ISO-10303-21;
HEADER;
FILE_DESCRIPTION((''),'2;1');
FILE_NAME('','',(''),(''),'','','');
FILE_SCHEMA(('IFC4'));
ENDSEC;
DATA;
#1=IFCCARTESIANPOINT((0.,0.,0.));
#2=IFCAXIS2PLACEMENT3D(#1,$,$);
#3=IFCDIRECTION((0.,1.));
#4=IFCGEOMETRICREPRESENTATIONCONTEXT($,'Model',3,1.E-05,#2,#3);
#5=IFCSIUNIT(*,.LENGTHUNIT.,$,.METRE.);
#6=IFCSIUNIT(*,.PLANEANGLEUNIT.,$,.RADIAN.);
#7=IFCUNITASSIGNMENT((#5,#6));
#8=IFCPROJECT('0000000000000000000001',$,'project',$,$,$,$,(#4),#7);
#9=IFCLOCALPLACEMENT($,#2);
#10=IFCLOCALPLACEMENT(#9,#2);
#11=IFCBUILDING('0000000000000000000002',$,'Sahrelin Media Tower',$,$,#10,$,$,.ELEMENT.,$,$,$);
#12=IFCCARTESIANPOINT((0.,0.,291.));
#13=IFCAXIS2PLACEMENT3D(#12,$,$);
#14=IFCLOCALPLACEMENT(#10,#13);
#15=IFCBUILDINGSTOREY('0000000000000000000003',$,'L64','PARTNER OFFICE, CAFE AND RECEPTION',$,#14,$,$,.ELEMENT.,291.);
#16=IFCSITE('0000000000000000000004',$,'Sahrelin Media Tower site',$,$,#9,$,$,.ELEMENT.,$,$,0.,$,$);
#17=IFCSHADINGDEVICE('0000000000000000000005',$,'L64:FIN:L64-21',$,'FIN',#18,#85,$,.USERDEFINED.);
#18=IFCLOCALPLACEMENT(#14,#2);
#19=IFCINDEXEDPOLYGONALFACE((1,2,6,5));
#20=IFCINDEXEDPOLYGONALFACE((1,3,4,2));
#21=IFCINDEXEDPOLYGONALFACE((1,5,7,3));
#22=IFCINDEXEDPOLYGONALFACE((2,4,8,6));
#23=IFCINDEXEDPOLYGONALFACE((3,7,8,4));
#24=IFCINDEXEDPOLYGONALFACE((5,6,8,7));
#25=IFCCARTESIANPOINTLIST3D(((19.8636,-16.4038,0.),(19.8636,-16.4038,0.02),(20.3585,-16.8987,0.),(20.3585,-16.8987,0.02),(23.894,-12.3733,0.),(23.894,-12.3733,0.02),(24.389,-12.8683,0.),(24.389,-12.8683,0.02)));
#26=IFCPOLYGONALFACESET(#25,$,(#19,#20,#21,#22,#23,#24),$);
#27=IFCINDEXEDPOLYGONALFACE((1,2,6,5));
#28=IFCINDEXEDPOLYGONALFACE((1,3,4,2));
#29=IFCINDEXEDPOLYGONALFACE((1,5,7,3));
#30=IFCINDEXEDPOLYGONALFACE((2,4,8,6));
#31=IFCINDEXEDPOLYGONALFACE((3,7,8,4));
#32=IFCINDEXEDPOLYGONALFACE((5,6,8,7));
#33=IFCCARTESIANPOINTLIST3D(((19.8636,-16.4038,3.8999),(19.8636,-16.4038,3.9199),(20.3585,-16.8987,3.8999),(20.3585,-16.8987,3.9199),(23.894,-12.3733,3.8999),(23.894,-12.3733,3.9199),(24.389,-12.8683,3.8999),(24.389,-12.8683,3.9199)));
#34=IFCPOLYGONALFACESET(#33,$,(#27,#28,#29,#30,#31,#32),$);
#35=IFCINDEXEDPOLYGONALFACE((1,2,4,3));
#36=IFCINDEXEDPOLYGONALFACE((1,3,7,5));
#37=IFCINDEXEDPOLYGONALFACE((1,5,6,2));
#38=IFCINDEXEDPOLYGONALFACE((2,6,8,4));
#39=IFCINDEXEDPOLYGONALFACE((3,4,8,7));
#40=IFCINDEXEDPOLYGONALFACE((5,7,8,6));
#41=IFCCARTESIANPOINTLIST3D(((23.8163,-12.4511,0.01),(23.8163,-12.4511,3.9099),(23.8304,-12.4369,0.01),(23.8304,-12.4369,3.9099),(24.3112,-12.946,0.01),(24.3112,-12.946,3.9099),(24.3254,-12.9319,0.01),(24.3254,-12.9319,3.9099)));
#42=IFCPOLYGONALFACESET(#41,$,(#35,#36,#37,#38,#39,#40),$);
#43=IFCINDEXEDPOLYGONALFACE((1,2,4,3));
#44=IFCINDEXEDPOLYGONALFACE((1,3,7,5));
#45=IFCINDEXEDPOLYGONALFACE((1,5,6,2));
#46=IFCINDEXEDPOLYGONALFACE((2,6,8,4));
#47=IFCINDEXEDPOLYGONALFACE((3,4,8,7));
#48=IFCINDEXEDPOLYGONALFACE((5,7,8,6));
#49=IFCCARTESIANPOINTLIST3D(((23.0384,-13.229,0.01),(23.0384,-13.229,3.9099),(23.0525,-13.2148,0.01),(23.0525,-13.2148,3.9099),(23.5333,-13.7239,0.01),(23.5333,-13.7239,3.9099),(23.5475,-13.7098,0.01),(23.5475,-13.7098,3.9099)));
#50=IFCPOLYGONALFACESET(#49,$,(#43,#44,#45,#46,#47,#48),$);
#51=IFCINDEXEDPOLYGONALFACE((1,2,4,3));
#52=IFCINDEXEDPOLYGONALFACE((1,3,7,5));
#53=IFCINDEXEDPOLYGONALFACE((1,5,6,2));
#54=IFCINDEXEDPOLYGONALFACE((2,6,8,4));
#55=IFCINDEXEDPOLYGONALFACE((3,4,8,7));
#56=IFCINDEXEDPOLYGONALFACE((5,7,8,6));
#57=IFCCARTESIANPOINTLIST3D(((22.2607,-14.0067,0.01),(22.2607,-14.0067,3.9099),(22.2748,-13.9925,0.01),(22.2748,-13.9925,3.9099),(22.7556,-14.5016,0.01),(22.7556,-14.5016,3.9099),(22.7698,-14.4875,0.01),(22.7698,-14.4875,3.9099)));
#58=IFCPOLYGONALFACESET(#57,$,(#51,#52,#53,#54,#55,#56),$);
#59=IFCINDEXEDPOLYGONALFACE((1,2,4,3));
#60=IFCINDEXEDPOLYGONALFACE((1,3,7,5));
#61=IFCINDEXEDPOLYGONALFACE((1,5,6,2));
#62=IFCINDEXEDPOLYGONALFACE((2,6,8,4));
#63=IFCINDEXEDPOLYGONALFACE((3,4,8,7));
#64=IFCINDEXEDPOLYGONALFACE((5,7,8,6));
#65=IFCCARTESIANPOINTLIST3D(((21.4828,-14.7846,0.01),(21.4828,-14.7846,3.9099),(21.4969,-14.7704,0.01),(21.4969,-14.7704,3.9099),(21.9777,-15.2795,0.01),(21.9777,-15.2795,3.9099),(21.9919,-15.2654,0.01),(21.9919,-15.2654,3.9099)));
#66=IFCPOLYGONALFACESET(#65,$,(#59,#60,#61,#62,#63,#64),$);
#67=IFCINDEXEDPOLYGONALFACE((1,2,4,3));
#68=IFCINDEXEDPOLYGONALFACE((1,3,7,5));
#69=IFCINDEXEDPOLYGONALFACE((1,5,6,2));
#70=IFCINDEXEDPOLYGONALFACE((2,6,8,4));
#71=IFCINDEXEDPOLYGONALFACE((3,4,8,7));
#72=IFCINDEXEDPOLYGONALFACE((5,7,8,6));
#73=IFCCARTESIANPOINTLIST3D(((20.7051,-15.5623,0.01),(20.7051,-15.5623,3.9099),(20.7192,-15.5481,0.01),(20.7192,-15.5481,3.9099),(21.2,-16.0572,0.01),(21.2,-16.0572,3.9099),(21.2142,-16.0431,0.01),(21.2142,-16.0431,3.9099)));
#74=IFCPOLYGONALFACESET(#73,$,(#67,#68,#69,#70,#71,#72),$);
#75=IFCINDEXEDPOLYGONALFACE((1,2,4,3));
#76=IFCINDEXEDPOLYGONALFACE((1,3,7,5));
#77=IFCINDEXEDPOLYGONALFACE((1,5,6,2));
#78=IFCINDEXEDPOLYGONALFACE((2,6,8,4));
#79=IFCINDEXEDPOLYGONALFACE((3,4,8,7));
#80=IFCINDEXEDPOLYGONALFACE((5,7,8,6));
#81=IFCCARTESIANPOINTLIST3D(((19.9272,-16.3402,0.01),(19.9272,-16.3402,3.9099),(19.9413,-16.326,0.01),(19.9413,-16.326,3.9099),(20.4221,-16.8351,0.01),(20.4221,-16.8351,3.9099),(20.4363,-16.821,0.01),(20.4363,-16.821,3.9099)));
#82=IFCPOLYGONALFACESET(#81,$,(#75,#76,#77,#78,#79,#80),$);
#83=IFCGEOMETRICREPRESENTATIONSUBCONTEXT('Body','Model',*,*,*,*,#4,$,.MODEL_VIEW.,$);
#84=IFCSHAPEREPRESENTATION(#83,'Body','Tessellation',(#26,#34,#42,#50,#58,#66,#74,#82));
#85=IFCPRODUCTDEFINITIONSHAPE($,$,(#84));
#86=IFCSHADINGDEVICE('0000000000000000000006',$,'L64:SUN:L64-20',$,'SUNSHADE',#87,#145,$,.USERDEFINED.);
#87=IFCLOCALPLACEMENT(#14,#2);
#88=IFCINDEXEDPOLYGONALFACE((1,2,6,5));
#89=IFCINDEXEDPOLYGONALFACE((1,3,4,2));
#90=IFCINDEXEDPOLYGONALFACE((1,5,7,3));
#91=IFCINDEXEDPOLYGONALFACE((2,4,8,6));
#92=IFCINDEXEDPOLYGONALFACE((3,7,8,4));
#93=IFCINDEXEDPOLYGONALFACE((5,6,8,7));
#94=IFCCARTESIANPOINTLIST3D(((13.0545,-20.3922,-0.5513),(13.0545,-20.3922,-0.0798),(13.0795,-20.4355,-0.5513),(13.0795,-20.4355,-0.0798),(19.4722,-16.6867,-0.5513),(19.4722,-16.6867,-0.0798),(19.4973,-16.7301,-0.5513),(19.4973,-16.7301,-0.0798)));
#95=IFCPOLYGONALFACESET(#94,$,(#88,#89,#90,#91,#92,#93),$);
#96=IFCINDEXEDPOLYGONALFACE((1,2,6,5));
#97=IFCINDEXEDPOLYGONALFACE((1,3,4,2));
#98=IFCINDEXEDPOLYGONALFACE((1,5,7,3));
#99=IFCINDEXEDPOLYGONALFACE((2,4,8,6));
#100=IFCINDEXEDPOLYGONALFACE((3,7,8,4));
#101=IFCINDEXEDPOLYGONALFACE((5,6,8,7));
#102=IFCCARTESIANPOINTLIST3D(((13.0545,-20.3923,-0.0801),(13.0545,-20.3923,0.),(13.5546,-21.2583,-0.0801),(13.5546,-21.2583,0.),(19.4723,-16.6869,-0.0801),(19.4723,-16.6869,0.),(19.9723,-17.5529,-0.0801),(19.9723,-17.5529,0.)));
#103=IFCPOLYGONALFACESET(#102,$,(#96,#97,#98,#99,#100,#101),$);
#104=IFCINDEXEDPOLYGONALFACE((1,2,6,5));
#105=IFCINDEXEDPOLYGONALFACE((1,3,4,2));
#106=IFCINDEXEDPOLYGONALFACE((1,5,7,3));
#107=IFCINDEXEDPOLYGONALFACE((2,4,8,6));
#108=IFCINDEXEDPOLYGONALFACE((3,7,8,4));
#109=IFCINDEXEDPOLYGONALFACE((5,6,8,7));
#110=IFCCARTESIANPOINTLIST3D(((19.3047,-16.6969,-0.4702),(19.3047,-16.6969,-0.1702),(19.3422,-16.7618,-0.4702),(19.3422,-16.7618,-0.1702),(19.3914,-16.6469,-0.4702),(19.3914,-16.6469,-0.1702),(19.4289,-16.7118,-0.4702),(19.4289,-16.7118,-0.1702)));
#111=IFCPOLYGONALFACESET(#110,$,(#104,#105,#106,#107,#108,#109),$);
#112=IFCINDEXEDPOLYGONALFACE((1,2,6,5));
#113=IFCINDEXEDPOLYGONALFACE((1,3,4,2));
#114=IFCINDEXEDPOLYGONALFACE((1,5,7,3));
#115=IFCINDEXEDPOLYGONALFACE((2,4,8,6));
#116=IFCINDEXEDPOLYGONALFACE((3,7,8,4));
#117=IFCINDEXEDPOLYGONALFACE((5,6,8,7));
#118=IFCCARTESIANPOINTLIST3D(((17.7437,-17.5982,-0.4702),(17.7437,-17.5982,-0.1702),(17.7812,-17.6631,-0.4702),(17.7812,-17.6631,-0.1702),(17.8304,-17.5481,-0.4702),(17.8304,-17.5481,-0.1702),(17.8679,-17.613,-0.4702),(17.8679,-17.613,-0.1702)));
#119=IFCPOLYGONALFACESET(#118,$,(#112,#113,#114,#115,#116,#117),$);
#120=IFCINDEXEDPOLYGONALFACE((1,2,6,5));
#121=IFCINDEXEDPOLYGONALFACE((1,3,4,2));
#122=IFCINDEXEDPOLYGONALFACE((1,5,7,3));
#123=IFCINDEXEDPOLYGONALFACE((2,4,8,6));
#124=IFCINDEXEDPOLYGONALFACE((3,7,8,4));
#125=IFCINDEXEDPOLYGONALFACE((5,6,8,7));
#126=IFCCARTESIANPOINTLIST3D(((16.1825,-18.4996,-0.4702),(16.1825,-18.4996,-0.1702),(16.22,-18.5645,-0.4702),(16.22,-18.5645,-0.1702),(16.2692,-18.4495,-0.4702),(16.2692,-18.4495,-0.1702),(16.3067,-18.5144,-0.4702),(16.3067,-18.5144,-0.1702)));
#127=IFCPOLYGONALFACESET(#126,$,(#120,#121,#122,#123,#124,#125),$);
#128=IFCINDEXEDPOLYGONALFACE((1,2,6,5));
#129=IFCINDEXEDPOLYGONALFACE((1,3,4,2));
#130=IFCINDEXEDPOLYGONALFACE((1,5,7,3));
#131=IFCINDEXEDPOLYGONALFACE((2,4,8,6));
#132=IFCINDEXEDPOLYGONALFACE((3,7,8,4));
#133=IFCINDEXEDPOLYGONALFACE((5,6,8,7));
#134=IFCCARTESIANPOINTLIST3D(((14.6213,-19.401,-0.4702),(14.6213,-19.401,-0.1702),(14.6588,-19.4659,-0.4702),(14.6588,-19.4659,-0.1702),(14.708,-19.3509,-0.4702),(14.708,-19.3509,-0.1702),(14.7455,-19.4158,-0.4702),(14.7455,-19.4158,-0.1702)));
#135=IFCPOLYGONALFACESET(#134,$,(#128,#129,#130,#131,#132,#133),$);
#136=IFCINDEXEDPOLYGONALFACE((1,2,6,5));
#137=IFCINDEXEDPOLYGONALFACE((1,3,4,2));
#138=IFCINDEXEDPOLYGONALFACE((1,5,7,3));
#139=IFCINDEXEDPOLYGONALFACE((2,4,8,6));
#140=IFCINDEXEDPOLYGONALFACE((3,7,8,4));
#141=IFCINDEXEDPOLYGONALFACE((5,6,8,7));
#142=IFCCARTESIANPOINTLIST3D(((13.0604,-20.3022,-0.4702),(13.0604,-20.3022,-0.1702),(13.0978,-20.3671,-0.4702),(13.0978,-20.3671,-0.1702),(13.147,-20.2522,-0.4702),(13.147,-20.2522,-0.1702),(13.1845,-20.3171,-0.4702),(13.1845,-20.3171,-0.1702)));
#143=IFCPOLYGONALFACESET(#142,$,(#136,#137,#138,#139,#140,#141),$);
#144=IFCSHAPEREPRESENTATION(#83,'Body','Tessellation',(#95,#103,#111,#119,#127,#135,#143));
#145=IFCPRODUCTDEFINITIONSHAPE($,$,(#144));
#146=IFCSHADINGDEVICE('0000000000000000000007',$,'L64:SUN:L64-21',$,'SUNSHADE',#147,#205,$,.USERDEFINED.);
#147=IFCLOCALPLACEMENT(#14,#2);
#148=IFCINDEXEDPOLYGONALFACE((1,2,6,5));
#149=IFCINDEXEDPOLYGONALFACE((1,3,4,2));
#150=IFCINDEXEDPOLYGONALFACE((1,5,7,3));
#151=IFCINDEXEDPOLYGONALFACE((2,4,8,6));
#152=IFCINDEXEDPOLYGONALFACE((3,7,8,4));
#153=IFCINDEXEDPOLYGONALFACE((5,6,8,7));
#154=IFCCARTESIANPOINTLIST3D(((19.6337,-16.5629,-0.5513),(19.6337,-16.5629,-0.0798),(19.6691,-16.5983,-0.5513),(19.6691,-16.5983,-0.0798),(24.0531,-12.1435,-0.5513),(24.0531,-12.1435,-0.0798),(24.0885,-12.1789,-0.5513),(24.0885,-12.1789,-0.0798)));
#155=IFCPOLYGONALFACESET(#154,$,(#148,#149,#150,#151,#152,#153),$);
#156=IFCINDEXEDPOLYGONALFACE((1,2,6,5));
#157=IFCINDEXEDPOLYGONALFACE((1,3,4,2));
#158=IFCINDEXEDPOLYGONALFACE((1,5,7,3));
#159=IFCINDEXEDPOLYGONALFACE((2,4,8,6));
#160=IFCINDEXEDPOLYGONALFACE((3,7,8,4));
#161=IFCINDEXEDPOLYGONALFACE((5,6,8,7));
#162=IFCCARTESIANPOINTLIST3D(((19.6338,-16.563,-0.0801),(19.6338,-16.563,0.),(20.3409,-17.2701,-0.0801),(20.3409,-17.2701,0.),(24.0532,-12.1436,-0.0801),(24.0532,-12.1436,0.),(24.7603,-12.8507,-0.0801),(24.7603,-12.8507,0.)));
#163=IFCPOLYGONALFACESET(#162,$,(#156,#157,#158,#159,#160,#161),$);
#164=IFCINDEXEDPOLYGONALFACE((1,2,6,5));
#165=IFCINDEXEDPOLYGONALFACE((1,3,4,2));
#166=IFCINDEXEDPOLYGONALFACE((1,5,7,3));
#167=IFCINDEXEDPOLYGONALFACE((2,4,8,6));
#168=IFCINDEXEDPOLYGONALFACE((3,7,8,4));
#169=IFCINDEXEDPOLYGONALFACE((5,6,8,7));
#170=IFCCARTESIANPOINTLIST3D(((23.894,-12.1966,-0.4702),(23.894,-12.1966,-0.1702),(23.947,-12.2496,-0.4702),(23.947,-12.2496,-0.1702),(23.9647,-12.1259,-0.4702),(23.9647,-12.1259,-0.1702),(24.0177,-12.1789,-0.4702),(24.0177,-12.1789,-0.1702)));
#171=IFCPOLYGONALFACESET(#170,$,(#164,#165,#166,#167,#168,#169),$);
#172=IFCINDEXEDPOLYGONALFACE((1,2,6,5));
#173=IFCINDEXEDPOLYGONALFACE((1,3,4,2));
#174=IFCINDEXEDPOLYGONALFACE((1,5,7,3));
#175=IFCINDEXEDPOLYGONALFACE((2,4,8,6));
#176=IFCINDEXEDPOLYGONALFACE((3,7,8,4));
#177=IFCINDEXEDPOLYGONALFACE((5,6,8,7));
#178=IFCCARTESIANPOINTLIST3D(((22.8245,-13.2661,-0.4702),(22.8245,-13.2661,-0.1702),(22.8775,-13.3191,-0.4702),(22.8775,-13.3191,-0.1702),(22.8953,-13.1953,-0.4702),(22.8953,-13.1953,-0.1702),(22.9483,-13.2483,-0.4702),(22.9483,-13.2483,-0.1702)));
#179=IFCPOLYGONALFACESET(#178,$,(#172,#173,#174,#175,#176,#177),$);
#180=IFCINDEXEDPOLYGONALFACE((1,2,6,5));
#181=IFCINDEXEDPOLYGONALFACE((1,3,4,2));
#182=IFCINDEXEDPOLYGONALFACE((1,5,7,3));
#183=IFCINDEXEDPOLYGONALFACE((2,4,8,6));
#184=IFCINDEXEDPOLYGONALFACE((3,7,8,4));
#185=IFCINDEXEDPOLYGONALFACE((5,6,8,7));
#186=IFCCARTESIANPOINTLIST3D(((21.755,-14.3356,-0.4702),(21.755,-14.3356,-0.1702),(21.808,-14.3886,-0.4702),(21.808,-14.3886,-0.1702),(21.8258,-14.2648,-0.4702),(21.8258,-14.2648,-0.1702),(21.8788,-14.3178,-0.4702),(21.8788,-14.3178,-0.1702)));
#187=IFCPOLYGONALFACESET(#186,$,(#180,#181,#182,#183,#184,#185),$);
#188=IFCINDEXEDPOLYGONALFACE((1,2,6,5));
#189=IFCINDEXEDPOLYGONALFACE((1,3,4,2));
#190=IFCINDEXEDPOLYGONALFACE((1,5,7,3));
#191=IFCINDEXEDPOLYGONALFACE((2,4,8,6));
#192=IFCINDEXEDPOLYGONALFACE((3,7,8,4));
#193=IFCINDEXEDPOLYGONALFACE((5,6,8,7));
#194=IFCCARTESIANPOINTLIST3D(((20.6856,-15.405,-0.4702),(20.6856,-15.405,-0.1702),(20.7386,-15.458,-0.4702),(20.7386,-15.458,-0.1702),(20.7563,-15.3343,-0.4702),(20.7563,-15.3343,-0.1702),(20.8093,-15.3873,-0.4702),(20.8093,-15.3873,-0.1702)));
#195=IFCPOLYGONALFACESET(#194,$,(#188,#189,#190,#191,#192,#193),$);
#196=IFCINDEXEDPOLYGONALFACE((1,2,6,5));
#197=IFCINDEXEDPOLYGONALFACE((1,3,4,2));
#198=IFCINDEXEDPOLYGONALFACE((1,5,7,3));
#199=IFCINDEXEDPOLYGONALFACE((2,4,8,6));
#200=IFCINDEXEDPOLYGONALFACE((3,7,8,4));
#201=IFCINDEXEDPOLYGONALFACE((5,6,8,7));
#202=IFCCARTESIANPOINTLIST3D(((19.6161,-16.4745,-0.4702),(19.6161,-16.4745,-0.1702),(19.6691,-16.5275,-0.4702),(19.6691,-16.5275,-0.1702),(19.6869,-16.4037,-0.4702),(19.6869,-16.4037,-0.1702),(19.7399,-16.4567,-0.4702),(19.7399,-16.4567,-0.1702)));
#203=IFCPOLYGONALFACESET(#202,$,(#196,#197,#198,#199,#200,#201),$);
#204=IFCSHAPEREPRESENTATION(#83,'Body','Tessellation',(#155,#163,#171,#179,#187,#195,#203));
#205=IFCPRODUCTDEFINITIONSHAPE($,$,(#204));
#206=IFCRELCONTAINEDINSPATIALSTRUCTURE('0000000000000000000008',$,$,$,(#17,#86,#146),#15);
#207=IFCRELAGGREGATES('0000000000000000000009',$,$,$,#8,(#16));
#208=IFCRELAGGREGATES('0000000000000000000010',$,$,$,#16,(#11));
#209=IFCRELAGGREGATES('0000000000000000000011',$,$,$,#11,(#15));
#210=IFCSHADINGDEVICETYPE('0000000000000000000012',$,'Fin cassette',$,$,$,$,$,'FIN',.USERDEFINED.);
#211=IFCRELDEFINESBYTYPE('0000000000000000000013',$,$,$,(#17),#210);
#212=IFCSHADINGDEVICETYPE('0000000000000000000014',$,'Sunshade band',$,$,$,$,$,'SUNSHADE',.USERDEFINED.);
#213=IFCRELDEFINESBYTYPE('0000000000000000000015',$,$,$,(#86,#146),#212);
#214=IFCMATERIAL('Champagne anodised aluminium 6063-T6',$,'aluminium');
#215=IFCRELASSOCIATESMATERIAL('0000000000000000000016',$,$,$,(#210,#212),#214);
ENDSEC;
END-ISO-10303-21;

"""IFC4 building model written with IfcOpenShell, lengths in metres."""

from ifc_helpers import new_model, si_unit, direction, frame, origin, origin_2d, place, context, subcontext, project, spatial, rectangle, extrude, material, type_object, element, save


model = new_model("IFC4")

# Units and contexts
model_context = context("Model", 3, precision=1e-05, world=origin(), true_north=direction((0.0, 1.0)))
body_context = subcontext(model_context, "Body", "Model", "MODEL_VIEW")
ifc_project = project(units=[si_unit("LENGTHUNIT", "METRE"), si_unit("PLANEANGLEUNIT", "RADIAN")], contexts=[model_context])

# Site, building, storey
site_placement = place(None, origin())
site = spatial("IfcSite", under=ifc_project, at=site_placement, Name="Sahrelin Media Tower site", CompositionType="ELEMENT", RefElevation=0.0)
building_placement = place(site_placement, origin())
building = spatial("IfcBuilding", under=site, at=building_placement, Name="Sahrelin Media Tower", CompositionType="ELEMENT")
storey_placement = place(building_placement, frame((0.0, 0.0, 291.0)))
storey = spatial("IfcBuildingStorey", under=building, at=storey_placement, Name="L64", Description="PARTNER OFFICE, CAFE AND RECEPTION", CompositionType="ELEMENT", Elevation=291.0)

# Shared definitions
ifc_material_1 = material(Name="Champagne anodised aluminium 6063-T6", Category="aluminium")

# Shading device
shading_device_type_1 = type_object("IfcShadingDeviceType", Name="Fin cassette", ElementType="FIN", PredefinedType="USERDEFINED", material=ifc_material_1)
placement_1 = place(storey_placement, frame((16.2534, -18.5222, 0.0), z_axis=(0.0, 0.0, 1.0), x_axis=(-0.866019, -0.500011, 0.0)))
placement_2 = place(storey_placement, frame((21.8293, -14.3391, 0.0), z_axis=(0.0, 0.0, 1.0), x_axis=(-0.707107, -0.707107, 0.0)))
element("IfcShadingDevice", 1, at=placement_2, inside=storey, type_object=shading_device_type_1, Name="L64:FIN:L64-21", ObjectType="FIN", PredefinedType="USERDEFINED", context=body_context, shape_type="SweptSolid", body=[
    extrude(rectangle(XDim=5.7, YDim=0.7, at=origin_2d()), frame((0.0, 0.4199, 0.0)), (0.0, 0.0, 1.0), 0.02),
    extrude(rectangle(XDim=5.7, YDim=0.7, at=origin_2d()), frame((0.0, 0.4199, 3.8999)), (0.0, 0.0, 1.0), 0.02),
    extrude(rectangle(XDim=0.02, YDim=0.7, at=origin_2d()), frame((-2.75, 0.4199, 0.01), z_axis=(0.0, 0.0, 1.0), x_axis=(1.0, 0.0, 0.0)), (0.0, 0.0, 1.0), 3.8999),
    extrude(rectangle(XDim=0.02, YDim=0.7, at=origin_2d()), frame((-1.6499, 0.4199, 0.01), z_axis=(0.0, 0.0, 1.0), x_axis=(1.0, 0.0, 0.0)), (0.0, 0.0, 1.0), 3.8999),
    extrude(rectangle(XDim=0.02, YDim=0.7, at=origin_2d()), frame((-0.55, 0.4199, 0.01), z_axis=(0.0, 0.0, 1.0), x_axis=(1.0, 0.0, 0.0)), (0.0, 0.0, 1.0), 3.8999),
    extrude(rectangle(XDim=0.02, YDim=0.7, at=origin_2d()), frame((0.55, 0.4199, 0.01), z_axis=(0.0, 0.0, 1.0), x_axis=(1.0, 0.0, 0.0)), (0.0, 0.0, 1.0), 3.8999),
    extrude(rectangle(XDim=0.02, YDim=0.7, at=origin_2d()), frame((1.6499, 0.4199, 0.01), z_axis=(0.0, 0.0, 1.0), x_axis=(1.0, 0.0, 0.0)), (0.0, 0.0, 1.0), 3.8999),
    extrude(rectangle(XDim=0.02, YDim=0.7, at=origin_2d()), frame((2.75, 0.4199, 0.01), z_axis=(0.0, 0.0, 1.0), x_axis=(1.0, 0.0, 0.0)), (0.0, 0.0, 1.0), 3.8999),
])

# Shading devices
shading_device_type_2 = type_object("IfcShadingDeviceType", Name="Sunshade band", ElementType="SUNSHADE", PredefinedType="USERDEFINED", material=ifc_material_1)
element("IfcShadingDevice", 2, at=placement_1, inside=storey, type_object=shading_device_type_2, Name="L64:SUN:L64-20", ObjectType="SUNSHADE", PredefinedType="USERDEFINED", context=body_context, shape_type="SweptSolid", body=[
    extrude(rectangle(XDim=7.4106, YDim=0.05, at=origin_2d()), frame((0.0, 0.0449, -0.5513)), (0.0, 0.0, 1.0), 0.4714),
    extrude(rectangle(XDim=7.4106, YDim=1.0, at=origin_2d()), frame((0.0, 0.52, -0.0801)), (0.0, 0.0, 1.0), 0.0801),
    extrude(rectangle(XDim=0.1001, YDim=0.075, at=origin_2d()), frame((-3.6052, -0.0176, -0.4702)), (0.0, 0.0, 1.0), 0.3),
    extrude(rectangle(XDim=0.1001, YDim=0.075, at=origin_2d()), frame((-1.8027, -0.0176, -0.4702)), (0.0, 0.0, 1.0), 0.3),
    extrude(rectangle(XDim=0.1001, YDim=0.075, at=origin_2d()), frame((0.0, -0.0176, -0.4702)), (0.0, 0.0, 1.0), 0.3),
    extrude(rectangle(XDim=0.1001, YDim=0.075, at=origin_2d()), frame((1.8027, -0.0176, -0.4702)), (0.0, 0.0, 1.0), 0.3),
    extrude(rectangle(XDim=0.1001, YDim=0.075, at=origin_2d()), frame((3.6052, -0.0176, -0.4702)), (0.0, 0.0, 1.0), 0.3),
])
element("IfcShadingDevice", 3, at=placement_2, inside=storey, type_object=shading_device_type_2, Name="L64:SUN:L64-21", ObjectType="SUNSHADE", PredefinedType="USERDEFINED", context=body_context, shape_type="SweptSolid", body=[
    extrude(rectangle(XDim=6.25, YDim=0.05, at=origin_2d()), frame((0.0, 0.0449, -0.5513)), (0.0, 0.0, 1.0), 0.4714),
    extrude(rectangle(XDim=6.25, YDim=1.0, at=origin_2d()), frame((0.0, 0.52, -0.0801)), (0.0, 0.0, 1.0), 0.0801),
    extrude(rectangle(XDim=0.1001, YDim=0.075, at=origin_2d()), frame((-3.0249, -0.0176, -0.4702)), (0.0, 0.0, 1.0), 0.3),
    extrude(rectangle(XDim=0.1001, YDim=0.075, at=origin_2d()), frame((-1.5125, -0.0176, -0.4702)), (0.0, 0.0, 1.0), 0.3),
    extrude(rectangle(XDim=0.1001, YDim=0.075, at=origin_2d()), frame((0.0, -0.0176, -0.4702)), (0.0, 0.0, 1.0), 0.3),
    extrude(rectangle(XDim=0.1001, YDim=0.075, at=origin_2d()), frame((1.5125, -0.0176, -0.4702)), (0.0, 0.0, 1.0), 0.3),
    extrude(rectangle(XDim=0.1001, YDim=0.075, at=origin_2d()), frame((3.0249, -0.0176, -0.4702)), (0.0, 0.0, 1.0), 0.3),
])

save(model, "model.ifc")
